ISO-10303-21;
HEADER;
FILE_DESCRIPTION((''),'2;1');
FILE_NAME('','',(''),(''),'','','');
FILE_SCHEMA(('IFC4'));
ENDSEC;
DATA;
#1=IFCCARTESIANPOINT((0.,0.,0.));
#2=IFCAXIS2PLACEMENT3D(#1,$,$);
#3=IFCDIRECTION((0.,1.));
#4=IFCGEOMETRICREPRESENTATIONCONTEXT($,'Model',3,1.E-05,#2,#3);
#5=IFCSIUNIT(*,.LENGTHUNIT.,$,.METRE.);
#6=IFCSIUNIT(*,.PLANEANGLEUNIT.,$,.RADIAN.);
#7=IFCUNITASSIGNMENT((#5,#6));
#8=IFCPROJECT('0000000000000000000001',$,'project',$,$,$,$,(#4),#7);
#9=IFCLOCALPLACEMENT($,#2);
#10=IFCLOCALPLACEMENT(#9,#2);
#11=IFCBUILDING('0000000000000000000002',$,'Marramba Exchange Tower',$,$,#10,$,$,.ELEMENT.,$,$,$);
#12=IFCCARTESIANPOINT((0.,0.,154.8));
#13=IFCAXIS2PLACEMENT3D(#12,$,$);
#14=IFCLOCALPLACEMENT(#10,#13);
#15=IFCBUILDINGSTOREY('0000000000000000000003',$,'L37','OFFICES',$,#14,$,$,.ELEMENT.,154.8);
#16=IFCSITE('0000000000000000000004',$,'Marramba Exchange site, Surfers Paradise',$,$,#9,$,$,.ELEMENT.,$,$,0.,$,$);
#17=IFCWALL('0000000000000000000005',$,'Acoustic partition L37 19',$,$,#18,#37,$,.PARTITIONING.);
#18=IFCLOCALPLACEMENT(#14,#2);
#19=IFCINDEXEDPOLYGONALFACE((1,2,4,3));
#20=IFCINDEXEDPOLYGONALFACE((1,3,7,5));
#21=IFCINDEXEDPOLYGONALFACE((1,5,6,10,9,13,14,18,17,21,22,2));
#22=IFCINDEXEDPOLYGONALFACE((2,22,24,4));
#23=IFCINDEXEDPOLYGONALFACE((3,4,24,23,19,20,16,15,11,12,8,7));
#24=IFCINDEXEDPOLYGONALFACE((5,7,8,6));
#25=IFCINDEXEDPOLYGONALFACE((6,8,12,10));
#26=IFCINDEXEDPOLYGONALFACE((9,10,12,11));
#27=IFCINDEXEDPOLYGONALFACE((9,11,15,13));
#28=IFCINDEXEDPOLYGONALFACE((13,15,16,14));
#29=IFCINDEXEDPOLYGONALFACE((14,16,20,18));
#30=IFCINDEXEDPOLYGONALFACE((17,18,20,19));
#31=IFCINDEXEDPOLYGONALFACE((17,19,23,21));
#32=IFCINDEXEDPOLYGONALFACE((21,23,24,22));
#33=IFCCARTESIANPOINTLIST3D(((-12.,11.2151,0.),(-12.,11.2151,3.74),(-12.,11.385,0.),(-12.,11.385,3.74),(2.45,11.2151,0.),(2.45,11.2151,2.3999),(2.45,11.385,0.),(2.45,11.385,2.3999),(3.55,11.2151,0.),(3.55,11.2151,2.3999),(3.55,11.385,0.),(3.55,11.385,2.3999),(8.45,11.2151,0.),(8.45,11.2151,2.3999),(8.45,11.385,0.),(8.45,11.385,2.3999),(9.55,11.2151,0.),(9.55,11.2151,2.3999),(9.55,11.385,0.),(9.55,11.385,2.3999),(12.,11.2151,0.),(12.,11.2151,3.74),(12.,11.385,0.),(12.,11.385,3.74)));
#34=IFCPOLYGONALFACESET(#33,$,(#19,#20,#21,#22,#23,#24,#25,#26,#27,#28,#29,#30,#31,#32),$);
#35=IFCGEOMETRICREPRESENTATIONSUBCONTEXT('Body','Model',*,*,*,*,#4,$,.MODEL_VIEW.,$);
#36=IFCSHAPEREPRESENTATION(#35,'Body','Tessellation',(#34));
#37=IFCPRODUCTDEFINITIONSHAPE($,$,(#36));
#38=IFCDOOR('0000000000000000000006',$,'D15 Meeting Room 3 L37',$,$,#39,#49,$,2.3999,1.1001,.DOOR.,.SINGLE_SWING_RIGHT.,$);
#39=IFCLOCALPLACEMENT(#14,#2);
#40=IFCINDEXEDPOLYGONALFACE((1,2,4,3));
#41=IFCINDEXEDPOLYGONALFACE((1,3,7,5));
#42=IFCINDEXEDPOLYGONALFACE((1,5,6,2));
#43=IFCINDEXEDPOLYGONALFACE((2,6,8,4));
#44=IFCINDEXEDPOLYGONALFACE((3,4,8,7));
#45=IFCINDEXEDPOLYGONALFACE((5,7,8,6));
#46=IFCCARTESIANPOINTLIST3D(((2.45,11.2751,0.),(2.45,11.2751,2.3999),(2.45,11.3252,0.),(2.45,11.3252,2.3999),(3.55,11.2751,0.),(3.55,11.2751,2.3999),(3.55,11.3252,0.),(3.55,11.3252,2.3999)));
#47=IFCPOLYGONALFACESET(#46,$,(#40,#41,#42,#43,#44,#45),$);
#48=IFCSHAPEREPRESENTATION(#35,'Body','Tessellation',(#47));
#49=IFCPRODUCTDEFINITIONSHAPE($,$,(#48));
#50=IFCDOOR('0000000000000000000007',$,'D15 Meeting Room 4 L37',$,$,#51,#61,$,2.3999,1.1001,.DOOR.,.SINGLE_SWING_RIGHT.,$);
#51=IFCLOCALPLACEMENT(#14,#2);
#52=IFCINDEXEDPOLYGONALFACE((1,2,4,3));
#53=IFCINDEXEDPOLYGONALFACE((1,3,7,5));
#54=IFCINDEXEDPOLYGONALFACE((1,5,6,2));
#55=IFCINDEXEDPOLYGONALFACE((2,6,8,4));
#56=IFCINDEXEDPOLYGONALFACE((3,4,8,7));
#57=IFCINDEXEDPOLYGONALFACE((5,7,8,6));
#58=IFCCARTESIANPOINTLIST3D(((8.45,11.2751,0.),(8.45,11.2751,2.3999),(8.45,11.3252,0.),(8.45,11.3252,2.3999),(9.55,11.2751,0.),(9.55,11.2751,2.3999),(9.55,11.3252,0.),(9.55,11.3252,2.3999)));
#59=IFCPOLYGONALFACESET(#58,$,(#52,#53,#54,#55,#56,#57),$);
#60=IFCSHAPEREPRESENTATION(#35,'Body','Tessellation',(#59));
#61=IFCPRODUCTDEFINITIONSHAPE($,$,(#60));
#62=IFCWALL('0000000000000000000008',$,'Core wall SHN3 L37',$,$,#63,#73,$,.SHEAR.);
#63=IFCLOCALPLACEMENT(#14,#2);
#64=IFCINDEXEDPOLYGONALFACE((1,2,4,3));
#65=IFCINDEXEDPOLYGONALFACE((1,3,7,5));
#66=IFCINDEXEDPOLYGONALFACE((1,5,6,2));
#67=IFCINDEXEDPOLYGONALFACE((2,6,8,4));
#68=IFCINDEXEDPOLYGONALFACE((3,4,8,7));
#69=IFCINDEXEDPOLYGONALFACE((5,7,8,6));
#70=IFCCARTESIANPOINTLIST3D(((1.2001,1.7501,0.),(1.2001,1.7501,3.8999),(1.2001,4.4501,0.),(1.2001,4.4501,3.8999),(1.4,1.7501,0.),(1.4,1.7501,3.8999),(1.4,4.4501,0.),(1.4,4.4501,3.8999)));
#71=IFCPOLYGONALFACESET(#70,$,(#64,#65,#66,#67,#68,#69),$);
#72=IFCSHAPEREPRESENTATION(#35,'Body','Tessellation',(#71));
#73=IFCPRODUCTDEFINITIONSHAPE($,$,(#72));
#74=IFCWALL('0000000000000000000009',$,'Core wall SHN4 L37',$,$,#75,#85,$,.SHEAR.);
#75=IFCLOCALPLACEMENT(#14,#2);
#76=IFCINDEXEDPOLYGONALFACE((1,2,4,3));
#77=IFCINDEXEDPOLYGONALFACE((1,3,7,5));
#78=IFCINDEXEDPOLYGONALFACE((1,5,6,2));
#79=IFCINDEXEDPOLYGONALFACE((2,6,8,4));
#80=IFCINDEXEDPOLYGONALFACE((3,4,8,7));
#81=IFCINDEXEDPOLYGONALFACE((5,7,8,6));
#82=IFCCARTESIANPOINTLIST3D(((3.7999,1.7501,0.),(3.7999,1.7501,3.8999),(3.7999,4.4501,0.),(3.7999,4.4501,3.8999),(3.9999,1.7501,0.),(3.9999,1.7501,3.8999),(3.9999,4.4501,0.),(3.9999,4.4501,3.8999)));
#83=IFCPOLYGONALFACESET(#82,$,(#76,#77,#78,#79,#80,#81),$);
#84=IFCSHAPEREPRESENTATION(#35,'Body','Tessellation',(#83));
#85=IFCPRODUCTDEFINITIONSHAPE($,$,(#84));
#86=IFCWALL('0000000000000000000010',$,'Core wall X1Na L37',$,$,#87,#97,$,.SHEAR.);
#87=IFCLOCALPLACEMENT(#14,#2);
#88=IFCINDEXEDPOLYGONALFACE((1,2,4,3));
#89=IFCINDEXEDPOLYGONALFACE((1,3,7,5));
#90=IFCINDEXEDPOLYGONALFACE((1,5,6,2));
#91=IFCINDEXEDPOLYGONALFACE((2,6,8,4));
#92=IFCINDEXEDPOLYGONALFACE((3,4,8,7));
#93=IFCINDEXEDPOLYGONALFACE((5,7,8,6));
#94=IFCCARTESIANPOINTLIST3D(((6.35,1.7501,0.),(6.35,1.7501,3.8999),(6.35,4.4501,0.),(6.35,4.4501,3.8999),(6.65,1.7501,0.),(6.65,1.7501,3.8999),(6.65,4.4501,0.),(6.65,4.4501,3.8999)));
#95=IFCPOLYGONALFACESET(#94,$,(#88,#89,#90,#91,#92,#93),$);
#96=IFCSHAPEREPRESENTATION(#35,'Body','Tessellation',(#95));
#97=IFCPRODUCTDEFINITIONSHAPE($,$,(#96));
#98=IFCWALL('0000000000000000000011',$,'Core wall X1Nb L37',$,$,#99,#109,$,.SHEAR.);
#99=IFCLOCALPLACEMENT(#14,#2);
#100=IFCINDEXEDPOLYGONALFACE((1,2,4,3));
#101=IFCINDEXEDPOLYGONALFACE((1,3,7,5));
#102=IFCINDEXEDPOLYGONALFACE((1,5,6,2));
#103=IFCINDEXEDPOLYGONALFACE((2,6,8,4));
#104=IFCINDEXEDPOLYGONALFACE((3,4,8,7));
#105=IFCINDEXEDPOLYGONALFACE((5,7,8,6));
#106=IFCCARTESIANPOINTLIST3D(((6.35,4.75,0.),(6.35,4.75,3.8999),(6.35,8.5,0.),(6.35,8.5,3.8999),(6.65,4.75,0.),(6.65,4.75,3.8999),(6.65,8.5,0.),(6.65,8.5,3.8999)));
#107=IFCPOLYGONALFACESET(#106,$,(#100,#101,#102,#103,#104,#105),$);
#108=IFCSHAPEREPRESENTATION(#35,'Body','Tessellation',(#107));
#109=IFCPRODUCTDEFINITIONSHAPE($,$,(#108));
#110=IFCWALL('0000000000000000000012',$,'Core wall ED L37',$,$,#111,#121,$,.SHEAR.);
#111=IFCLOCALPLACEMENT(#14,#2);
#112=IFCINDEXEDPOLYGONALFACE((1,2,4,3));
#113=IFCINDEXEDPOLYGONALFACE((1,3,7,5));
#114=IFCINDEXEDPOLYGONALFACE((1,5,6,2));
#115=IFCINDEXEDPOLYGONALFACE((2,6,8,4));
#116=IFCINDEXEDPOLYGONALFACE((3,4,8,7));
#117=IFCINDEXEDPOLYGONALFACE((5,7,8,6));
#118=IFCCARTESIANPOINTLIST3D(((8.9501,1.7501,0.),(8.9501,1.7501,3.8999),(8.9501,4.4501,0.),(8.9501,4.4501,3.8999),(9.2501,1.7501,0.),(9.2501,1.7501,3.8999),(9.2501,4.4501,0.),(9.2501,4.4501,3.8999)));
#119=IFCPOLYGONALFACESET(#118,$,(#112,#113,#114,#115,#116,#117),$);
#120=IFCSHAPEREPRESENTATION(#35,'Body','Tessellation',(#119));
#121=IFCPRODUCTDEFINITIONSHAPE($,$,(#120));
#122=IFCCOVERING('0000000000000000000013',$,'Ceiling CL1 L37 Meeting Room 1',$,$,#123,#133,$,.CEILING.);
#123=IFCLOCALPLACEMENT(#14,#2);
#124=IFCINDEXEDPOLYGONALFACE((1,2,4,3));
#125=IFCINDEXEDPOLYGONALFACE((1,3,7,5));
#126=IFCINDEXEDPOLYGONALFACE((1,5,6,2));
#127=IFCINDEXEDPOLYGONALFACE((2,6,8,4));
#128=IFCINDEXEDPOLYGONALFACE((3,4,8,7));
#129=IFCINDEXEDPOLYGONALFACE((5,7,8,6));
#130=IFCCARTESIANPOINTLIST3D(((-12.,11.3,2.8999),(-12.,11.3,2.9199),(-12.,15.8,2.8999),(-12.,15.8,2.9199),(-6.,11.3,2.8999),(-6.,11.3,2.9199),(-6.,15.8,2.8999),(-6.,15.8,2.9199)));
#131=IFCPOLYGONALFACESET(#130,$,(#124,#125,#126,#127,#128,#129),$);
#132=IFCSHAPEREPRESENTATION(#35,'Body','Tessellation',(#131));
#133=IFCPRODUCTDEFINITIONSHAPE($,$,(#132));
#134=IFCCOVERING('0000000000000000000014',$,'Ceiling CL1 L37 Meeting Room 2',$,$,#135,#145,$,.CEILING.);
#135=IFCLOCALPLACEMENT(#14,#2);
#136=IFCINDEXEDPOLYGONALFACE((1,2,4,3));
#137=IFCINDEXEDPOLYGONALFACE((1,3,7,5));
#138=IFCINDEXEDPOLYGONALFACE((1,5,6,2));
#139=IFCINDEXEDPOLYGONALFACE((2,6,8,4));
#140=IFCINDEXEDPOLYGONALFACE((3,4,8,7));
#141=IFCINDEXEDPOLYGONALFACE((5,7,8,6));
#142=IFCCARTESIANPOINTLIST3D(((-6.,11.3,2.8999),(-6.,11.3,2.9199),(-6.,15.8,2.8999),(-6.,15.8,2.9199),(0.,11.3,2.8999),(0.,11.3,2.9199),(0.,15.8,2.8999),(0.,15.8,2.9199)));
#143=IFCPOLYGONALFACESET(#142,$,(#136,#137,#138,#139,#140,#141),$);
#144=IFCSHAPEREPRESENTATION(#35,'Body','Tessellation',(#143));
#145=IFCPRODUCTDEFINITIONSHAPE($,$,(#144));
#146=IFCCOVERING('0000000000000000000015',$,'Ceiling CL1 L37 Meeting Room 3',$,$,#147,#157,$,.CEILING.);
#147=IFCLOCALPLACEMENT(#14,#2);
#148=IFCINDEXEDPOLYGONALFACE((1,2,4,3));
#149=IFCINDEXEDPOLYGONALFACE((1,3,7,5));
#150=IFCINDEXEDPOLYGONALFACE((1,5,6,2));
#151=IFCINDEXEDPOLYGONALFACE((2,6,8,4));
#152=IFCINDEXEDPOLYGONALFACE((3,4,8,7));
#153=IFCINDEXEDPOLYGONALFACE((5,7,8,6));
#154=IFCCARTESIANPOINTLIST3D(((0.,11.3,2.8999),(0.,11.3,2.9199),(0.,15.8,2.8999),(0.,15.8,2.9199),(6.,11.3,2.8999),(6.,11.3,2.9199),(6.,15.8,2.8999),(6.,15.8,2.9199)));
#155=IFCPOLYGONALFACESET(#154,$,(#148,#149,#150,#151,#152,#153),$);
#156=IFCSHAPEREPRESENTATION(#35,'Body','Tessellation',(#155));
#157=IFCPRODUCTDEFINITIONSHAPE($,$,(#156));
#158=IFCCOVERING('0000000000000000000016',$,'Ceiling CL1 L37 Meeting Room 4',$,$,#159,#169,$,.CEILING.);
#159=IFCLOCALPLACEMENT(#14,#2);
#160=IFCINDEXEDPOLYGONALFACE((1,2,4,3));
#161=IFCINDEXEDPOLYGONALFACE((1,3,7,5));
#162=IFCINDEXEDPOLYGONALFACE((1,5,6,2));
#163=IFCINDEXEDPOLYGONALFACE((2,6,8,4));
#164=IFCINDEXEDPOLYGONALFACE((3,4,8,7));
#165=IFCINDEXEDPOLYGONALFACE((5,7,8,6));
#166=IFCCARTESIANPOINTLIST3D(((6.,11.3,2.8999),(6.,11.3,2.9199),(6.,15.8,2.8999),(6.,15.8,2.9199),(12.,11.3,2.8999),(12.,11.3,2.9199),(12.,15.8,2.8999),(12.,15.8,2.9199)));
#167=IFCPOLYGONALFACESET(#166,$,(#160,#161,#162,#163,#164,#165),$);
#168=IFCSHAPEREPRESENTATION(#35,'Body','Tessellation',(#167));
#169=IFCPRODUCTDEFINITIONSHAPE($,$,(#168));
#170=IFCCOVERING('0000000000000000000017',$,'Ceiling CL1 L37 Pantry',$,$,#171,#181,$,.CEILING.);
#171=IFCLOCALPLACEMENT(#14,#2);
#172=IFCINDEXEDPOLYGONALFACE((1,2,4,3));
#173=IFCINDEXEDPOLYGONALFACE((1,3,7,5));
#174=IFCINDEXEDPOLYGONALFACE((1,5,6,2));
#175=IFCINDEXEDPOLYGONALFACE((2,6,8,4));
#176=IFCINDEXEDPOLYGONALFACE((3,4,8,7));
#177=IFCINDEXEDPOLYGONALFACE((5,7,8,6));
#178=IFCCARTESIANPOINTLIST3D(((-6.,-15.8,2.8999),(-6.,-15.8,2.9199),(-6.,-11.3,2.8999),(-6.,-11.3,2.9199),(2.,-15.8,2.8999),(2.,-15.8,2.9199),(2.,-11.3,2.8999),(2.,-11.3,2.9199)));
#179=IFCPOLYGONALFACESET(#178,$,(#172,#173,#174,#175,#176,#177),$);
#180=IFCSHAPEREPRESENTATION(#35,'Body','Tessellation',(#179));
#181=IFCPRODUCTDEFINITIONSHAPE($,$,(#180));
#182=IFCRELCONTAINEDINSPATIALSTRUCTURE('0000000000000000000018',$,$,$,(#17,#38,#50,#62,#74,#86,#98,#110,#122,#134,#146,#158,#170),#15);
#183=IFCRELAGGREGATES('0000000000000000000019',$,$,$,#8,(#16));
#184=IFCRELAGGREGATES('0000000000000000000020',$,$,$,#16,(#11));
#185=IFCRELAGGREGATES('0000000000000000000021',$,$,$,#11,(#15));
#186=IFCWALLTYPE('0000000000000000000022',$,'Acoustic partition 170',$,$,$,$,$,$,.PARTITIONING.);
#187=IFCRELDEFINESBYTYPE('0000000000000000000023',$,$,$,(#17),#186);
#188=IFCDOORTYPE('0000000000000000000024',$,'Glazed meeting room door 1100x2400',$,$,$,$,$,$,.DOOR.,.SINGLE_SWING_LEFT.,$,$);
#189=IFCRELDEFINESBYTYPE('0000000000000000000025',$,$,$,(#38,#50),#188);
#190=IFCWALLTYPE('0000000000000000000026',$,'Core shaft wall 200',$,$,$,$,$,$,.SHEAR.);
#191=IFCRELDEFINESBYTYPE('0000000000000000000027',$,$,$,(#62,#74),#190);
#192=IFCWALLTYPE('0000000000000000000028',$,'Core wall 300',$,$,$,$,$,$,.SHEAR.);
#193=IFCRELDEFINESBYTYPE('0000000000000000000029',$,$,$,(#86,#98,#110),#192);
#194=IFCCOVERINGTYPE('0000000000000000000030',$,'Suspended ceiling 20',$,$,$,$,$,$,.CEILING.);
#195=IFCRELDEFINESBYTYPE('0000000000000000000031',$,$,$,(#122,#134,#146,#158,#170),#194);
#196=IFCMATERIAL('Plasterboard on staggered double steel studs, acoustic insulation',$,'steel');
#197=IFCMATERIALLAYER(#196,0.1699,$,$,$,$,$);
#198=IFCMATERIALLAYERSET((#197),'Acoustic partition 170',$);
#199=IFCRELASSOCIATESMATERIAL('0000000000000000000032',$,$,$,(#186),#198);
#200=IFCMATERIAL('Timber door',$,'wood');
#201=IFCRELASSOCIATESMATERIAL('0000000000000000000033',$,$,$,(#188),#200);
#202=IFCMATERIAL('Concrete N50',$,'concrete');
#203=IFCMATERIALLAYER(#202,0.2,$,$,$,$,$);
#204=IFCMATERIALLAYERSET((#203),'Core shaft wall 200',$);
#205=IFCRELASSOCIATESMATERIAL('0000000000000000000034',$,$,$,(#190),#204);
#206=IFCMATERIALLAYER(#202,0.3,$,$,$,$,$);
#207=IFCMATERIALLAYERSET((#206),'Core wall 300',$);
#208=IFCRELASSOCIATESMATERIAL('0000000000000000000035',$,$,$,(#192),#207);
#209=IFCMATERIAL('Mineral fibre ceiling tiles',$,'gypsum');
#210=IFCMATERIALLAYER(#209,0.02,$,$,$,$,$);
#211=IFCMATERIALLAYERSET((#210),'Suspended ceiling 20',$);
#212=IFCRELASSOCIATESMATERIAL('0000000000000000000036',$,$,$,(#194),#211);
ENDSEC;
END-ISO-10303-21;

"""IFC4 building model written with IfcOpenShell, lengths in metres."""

from ifc_helpers import new_model, si_unit, direction, frame, frame_2d, origin, place, context, subcontext, project, spatial, polyline, rectangle, outline, extrude, material, layer, layer_set, type_object, element, fill, save


model = new_model("IFC4")

# Units and contexts
model_context = context("Model", 3, precision=1e-05, world=origin(), true_north=direction((0.0, 1.0)))
body_context = subcontext(model_context, "Body", "Model", "MODEL_VIEW")
ifc_project = project(units=[si_unit("LENGTHUNIT", "METRE"), si_unit("PLANEANGLEUNIT", "RADIAN")], contexts=[model_context])

# Site, building, storey
site_placement = place(None, origin())
site = spatial("IfcSite", under=ifc_project, at=site_placement, Name="Marramba Exchange site, Surfers Paradise", CompositionType="ELEMENT", RefElevation=0.0)
building_placement = place(site_placement, origin())
building = spatial("IfcBuilding", under=site, at=building_placement, Name="Marramba Exchange Tower", CompositionType="ELEMENT")
storey_placement = place(building_placement, frame((0.0, 0.0, 154.8)))
storey = spatial("IfcBuildingStorey", under=building, at=storey_placement, Name="L37", Description="OFFICES", CompositionType="ELEMENT", Elevation=154.8)

# Shared definitions
ifc_material_1 = material(Name="Plasterboard on staggered double steel studs, acoustic insulation", Category="steel")
ifc_layer_1 = layer(ifc_material_1, 0.1699)
ifc_layer_set_1 = layer_set([ifc_layer_1], Name="Acoustic partition 170")
wall_type_1 = type_object("IfcWallType", Name="Acoustic partition 170", PredefinedType="PARTITIONING", material=ifc_layer_set_1)

# Wall, openings, doors
wall_1_placement = place(storey_placement, frame((12.0, 11.3, 0.0), z_axis=(0.0, 0.0, 1.0), x_axis=(-1.0, 0.0, 0.0)))
wall_1 = element("IfcWall", 1, at=wall_1_placement, inside=storey, type_object=wall_type_1, Name="Acoustic partition L37 19", PredefinedType="PARTITIONING", context=body_context, shape_type="SweptSolid", body=[
    extrude(rectangle(XDim=24.0, YDim=0.1699, at=frame_2d((12.0, 0.0))), origin(), (0.0, 0.0, 1.0), 3.74),
])
opening_1_placement = place(wall_1_placement, frame((8.45, 0.0, 0.0)))
opening_1 = element("IfcOpeningElement", 2, at=opening_1_placement, cuts=wall_1, PredefinedType="OPENING", context=body_context, shape_type="SweptSolid", body=[
    extrude(rectangle(XDim=1.1001, YDim=2.3999, at=frame_2d((0.55, 1.2))), frame((0.0, 0.095, 0.0), z_axis=(0.0, -1.0, 0.0), x_axis=(1.0, 0.0, 0.0)), (0.0, 0.0, 1.0), 0.1899),
])
opening_2_placement = place(wall_1_placement, frame((2.45, 0.0, 0.0)))
opening_2 = element("IfcOpeningElement", 3, at=opening_2_placement, cuts=wall_1, PredefinedType="OPENING", context=body_context, shape_type="SweptSolid", body=[
    extrude(rectangle(XDim=1.1001, YDim=2.3999, at=frame_2d((0.55, 1.2))), frame((0.0, 0.095, 0.0), z_axis=(0.0, -1.0, 0.0), x_axis=(1.0, 0.0, 0.0)), (0.0, 0.0, 1.0), 0.1899),
])
ifc_material_2 = material(Name="Timber door", Category="wood")
door_type_1 = type_object("IfcDoorType", Name="Glazed meeting room door 1100x2400", OperationType="SINGLE_SWING_LEFT", PredefinedType="DOOR", material=ifc_material_2)
door_1_placement = place(opening_1_placement, frame((1.1001, 0.0, 0.0), z_axis=(0.0, 0.0, 1.0), x_axis=(-1.0, 0.0, 0.0)))
door_1 = element("IfcDoor", 4, at=door_1_placement, inside=storey, type_object=door_type_1, Name="D15 Meeting Room 3 L37", OperationType="SINGLE_SWING_RIGHT", OverallHeight=2.3999, OverallWidth=1.1001, PredefinedType="DOOR", context=body_context, shape_type="SweptSolid", body=[
    extrude(rectangle(XDim=1.1001, YDim=2.3999, at=frame_2d((0.55, 1.2))), frame((0.0, 0.0251, 0.0), z_axis=(0.0, -1.0, 0.0), x_axis=(1.0, 0.0, 0.0)), (0.0, 0.0, 1.0), 0.05),
])
fill(opening_1, door_1)
door_2_placement = place(opening_2_placement, frame((1.1001, 0.0, 0.0), z_axis=(0.0, 0.0, 1.0), x_axis=(-1.0, 0.0, 0.0)))
door_2 = element("IfcDoor", 5, at=door_2_placement, inside=storey, type_object=door_type_1, Name="D15 Meeting Room 4 L37", OperationType="SINGLE_SWING_RIGHT", OverallHeight=2.3999, OverallWidth=1.1001, PredefinedType="DOOR", context=body_context, shape_type="SweptSolid", body=[
    extrude(rectangle(XDim=1.1001, YDim=2.3999, at=frame_2d((0.55, 1.2))), frame((0.0, 0.0251, 0.0), z_axis=(0.0, -1.0, 0.0), x_axis=(1.0, 0.0, 0.0)), (0.0, 0.0, 1.0), 0.05),
])
fill(opening_2, door_2)

# Walls
ifc_material_3 = material(Name="Concrete N50", Category="concrete")
ifc_layer_2 = layer(ifc_material_3, 0.2)
ifc_layer_set_2 = layer_set([ifc_layer_2], Name="Core shaft wall 200")
wall_type_2 = type_object("IfcWallType", Name="Core shaft wall 200", PredefinedType="SHEAR", material=ifc_layer_set_2)
for number, where, z_axis, x_axis, name in (
    (6, (1.3, 1.75, 0.0), (0.0, 0.0, 1.0), (0.0, 1.0, 0.0), "Core wall SHN3 L37"),
    (7, (3.8999, 1.75, 0.0), (0.0, 0.0, 1.0), (0.0, 1.0, 0.0), "Core wall SHN4 L37"),
):
    element("IfcWall", number, at=place(storey_placement, frame(where, z_axis=z_axis, x_axis=x_axis)), inside=storey, type_object=wall_type_2, Name=name, PredefinedType="SHEAR", context=body_context, shape_type="SweptSolid", body=[
        extrude(rectangle(XDim=2.7, YDim=0.2, at=frame_2d((1.3501, 0.0))), origin(), (0.0, 0.0, 1.0), 3.8999),
    ])

# Walls
ifc_layer_3 = layer(ifc_material_3, 0.3)
ifc_layer_set_3 = layer_set([ifc_layer_3], Name="Core wall 300")
wall_type_3 = type_object("IfcWallType", Name="Core wall 300", PredefinedType="SHEAR", material=ifc_layer_set_3)
wall_2_placement = place(storey_placement, frame((6.5, 1.75, 0.0), z_axis=(0.0, 0.0, 1.0), x_axis=(0.0, 1.0, 0.0)))
element("IfcWall", 8, at=wall_2_placement, inside=storey, type_object=wall_type_3, Name="Core wall X1Na L37", PredefinedType="SHEAR", context=body_context, shape_type="SweptSolid", body=[
    extrude(rectangle(XDim=2.7, YDim=0.3, at=frame_2d((1.3501, 0.0))), origin(), (0.0, 0.0, 1.0), 3.8999),
])
wall_3_placement = place(storey_placement, frame((6.5, 4.75, 0.0), z_axis=(0.0, 0.0, 1.0), x_axis=(0.0, 1.0, 0.0)))
element("IfcWall", 9, at=wall_3_placement, inside=storey, type_object=wall_type_3, Name="Core wall X1Nb L37", PredefinedType="SHEAR", context=body_context, shape_type="SweptSolid", body=[
    extrude(rectangle(XDim=3.75, YDim=0.3, at=frame_2d((1.875, 0.0))), origin(), (0.0, 0.0, 1.0), 3.8999),
])
wall_4_placement = place(storey_placement, frame((9.1001, 1.75, 0.0), z_axis=(0.0, 0.0, 1.0), x_axis=(0.0, 1.0, 0.0)))
element("IfcWall", 10, at=wall_4_placement, inside=storey, type_object=wall_type_3, Name="Core wall ED L37", PredefinedType="SHEAR", context=body_context, shape_type="SweptSolid", body=[
    extrude(rectangle(XDim=2.7, YDim=0.3, at=frame_2d((1.3501, 0.0))), origin(), (0.0, 0.0, 1.0), 3.8999),
])

# Coverings
ifc_material_4 = material(Name="Mineral fibre ceiling tiles", Category="gypsum")
ifc_layer_4 = layer(ifc_material_4, 0.02)
ifc_layer_set_4 = layer_set([ifc_layer_4], Name="Suspended ceiling 20")
covering_type = type_object("IfcCoveringType", Name="Suspended ceiling 20", PredefinedType="CEILING", material=ifc_layer_set_4)
covering_1_placement = place(storey_placement, frame((0.0, 0.0, 2.8999)))
element("IfcCovering", 11, at=covering_1_placement, inside=storey, type_object=covering_type, Name="Ceiling CL1 L37 Meeting Room 1", PredefinedType="CEILING", context=body_context, shape_type="SweptSolid", body=[
    extrude(outline(polyline([(-6.0, 11.3), (-12.0, 11.3), (-12.0, 15.8), (-6.0, 15.8), (-6.0, 11.3)])), origin(), (0.0, 0.0, 1.0), 0.02),
])
covering_2_placement = place(storey_placement, frame((0.0, 0.0, 2.8999)))
element("IfcCovering", 12, at=covering_2_placement, inside=storey, type_object=covering_type, Name="Ceiling CL1 L37 Meeting Room 2", PredefinedType="CEILING", context=body_context, shape_type="SweptSolid", body=[
    extrude(outline(polyline([(0.0, 11.3), (-6.0, 11.3), (-6.0, 15.8), (0.0, 15.8), (0.0, 11.3)])), origin(), (0.0, 0.0, 1.0), 0.02),
])
covering_3_placement = place(storey_placement, frame((0.0, 0.0, 2.8999)))
element("IfcCovering", 13, at=covering_3_placement, inside=storey, type_object=covering_type, Name="Ceiling CL1 L37 Meeting Room 3", PredefinedType="CEILING", context=body_context, shape_type="SweptSolid", body=[
    extrude(outline(polyline([(6.0, 11.3), (0.0, 11.3), (0.0, 15.8), (6.0, 15.8), (6.0, 11.3)])), origin(), (0.0, 0.0, 1.0), 0.02),
])
covering_4_placement = place(storey_placement, frame((0.0, 0.0, 2.8999)))
element("IfcCovering", 14, at=covering_4_placement, inside=storey, type_object=covering_type, Name="Ceiling CL1 L37 Meeting Room 4", PredefinedType="CEILING", context=body_context, shape_type="SweptSolid", body=[
    extrude(outline(polyline([(12.0, 11.3), (6.0, 11.3), (6.0, 15.8), (12.0, 15.8), (12.0, 11.3)])), origin(), (0.0, 0.0, 1.0), 0.02),
])
covering_5_placement = place(storey_placement, frame((0.0, 0.0, 2.8999)))
element("IfcCovering", 15, at=covering_5_placement, inside=storey, type_object=covering_type, Name="Ceiling CL1 L37 Pantry", PredefinedType="CEILING", context=body_context, shape_type="SweptSolid", body=[
    extrude(outline(polyline([(2.0, -15.8), (-6.0, -15.8), (-6.0, -11.3), (2.0, -11.3), (2.0, -15.8)])), origin(), (0.0, 0.0, 1.0), 0.02),
])

save(model, "model.ifc")
